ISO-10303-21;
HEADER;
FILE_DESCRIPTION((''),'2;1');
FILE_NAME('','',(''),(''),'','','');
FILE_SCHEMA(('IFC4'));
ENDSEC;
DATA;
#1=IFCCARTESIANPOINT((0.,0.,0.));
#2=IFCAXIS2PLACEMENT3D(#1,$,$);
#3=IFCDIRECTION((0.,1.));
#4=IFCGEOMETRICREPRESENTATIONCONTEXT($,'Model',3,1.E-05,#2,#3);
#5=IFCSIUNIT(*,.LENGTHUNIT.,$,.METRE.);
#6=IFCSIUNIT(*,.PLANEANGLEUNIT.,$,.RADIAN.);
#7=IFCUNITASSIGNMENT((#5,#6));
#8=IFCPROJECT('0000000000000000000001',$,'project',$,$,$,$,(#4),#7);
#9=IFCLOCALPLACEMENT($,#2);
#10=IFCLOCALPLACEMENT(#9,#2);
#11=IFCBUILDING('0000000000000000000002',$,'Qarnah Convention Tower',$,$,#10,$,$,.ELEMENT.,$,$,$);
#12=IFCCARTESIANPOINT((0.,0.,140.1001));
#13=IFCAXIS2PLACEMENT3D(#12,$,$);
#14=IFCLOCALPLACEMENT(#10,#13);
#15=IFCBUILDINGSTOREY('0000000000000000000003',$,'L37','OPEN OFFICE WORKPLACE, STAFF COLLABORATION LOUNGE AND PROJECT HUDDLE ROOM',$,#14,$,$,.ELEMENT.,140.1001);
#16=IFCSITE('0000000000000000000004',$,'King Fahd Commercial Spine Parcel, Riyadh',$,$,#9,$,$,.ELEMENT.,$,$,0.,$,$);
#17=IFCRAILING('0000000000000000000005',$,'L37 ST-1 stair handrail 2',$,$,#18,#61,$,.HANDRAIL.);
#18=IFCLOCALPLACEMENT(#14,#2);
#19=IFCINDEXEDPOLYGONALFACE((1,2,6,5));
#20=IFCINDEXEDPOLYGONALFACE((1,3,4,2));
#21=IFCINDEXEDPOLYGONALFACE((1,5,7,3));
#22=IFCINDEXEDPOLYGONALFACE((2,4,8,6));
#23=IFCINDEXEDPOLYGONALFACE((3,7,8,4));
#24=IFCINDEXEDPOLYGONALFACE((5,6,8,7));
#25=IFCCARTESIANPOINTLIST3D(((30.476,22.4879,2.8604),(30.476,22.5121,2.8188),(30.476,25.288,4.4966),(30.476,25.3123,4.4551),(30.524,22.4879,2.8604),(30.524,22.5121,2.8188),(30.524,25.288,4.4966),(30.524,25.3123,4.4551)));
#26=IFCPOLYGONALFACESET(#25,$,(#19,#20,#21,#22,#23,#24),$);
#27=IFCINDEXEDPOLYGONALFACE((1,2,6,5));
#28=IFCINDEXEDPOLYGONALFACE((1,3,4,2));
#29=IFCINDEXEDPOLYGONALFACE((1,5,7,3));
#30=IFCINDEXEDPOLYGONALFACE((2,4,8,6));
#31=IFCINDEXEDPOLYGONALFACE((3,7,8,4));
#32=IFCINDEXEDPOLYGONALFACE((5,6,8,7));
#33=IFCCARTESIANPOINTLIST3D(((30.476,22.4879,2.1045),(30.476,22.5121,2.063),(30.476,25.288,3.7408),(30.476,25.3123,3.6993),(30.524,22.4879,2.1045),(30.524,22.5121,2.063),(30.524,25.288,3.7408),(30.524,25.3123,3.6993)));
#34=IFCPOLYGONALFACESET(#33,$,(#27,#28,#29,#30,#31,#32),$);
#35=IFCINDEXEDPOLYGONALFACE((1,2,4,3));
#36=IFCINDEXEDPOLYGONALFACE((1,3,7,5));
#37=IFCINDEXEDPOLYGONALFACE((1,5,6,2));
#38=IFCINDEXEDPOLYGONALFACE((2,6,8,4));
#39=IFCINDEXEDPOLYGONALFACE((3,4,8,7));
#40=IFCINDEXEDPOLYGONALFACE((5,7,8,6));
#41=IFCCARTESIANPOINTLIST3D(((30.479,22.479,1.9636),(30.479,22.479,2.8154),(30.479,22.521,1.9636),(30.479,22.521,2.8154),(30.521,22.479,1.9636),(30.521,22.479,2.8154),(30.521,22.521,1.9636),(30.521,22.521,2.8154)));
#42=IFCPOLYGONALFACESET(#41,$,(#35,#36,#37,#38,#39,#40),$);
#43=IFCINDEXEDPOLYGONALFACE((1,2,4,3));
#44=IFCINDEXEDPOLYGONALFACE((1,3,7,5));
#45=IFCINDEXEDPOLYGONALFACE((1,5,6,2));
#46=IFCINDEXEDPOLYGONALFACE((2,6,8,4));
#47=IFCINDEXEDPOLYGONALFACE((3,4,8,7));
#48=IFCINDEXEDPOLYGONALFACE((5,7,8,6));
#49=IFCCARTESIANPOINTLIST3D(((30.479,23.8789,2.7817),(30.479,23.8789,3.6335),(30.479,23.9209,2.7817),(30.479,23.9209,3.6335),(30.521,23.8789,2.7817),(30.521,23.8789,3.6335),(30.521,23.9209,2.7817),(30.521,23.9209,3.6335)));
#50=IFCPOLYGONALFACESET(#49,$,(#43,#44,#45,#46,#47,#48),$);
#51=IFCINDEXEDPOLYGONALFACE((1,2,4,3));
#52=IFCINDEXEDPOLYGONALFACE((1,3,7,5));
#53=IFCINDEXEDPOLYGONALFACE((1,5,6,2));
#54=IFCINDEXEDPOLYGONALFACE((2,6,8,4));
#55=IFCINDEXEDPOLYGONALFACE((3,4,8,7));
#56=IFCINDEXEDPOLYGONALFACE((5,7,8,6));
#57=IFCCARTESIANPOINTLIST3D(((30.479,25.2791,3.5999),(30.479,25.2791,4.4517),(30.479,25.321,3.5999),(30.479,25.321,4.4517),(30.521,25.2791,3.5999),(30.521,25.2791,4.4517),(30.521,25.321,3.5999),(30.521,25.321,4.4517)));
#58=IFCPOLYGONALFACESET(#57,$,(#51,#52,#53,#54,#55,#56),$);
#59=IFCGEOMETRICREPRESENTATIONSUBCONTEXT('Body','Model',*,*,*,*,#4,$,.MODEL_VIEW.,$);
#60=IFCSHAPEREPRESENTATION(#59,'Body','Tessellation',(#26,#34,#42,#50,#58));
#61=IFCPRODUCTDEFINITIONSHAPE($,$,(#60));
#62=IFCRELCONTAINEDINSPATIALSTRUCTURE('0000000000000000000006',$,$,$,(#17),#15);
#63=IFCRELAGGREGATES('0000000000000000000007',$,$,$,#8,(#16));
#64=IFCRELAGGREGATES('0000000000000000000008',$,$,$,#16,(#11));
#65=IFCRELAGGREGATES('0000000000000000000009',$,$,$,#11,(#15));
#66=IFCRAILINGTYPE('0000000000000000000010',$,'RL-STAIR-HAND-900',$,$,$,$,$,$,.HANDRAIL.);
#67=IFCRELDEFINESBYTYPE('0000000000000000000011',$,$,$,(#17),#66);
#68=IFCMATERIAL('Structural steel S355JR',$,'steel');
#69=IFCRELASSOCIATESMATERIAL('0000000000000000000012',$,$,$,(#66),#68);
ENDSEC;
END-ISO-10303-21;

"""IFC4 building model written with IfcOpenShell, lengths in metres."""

from ifc_helpers import new_model, si_unit, direction, frame, origin, origin_2d, place, context, subcontext, project, spatial, rectangle, extrude, material, type_object, element, save


model = new_model("IFC4")

# Units and contexts
model_context = context("Model", 3, precision=1e-05, world=origin(), true_north=direction((0.0, 1.0)))
body_context = subcontext(model_context, "Body", "Model", "MODEL_VIEW")
ifc_project = project(units=[si_unit("LENGTHUNIT", "METRE"), si_unit("PLANEANGLEUNIT", "RADIAN")], contexts=[model_context])

# Site, building, storey
site_placement = place(None, origin())
site = spatial("IfcSite", under=ifc_project, at=site_placement, Name="King Fahd Commercial Spine Parcel, Riyadh", CompositionType="ELEMENT", RefElevation=0.0)
building_placement = place(site_placement, origin())
building = spatial("IfcBuilding", under=site, at=building_placement, Name="Qarnah Convention Tower", CompositionType="ELEMENT")
storey_placement = place(building_placement, frame((0.0, 0.0, 140.1001)))
storey = spatial("IfcBuildingStorey", under=building, at=storey_placement, Name="L37", Description="OPEN OFFICE WORKPLACE, STAFF COLLABORATION LOUNGE AND PROJECT HUDDLE ROOM", CompositionType="ELEMENT", Elevation=140.1001)

# Shared definitions
ifc_material_1 = material(Name="Structural steel S355JR", Category="steel")

# Railing
railing_type_1 = type_object("IfcRailingType", Name="RL-STAIR-HAND-900", PredefinedType="HANDRAIL", material=ifc_material_1)
railing_1_placement = place(storey_placement, frame((30.5, 22.5, 1.9636)))
element("IfcRailing", 1, at=railing_1_placement, inside=storey, type_object=railing_type_1, Name="L37 ST-1 stair handrail 2", PredefinedType="HANDRAIL", context=body_context, shape_type="SweptSolid", body=[
    extrude(rectangle(XDim=0.0481, YDim=0.0481, at=origin_2d()), frame((0.0, 0.0, 0.876), z_axis=(0.0, 0.863394, 0.504531), x_axis=(-1.0, 0.0, 0.0)), (0.0, 0.0, 1.0), 3.2432),
    extrude(rectangle(XDim=0.0481, YDim=0.0481, at=origin_2d()), frame((0.0, 0.0, 0.1201), z_axis=(0.0, 0.863394, 0.504531), x_axis=(-1.0, 0.0, 0.0)), (0.0, 0.0, 1.0), 3.2432),
    extrude(rectangle(XDim=0.042, YDim=0.042, at=origin_2d()), origin(), (0.0, 0.0, 1.0), 0.8518),
    extrude(rectangle(XDim=0.042, YDim=0.042, at=origin_2d()), frame((0.0, 1.3999, 0.8181)), (0.0, 0.0, 1.0), 0.8518),
    extrude(rectangle(XDim=0.042, YDim=0.042, at=origin_2d()), frame((0.0, 2.8, 1.6362)), (0.0, 0.0, 1.0), 0.8518),
])

save(model, "model.ifc")
